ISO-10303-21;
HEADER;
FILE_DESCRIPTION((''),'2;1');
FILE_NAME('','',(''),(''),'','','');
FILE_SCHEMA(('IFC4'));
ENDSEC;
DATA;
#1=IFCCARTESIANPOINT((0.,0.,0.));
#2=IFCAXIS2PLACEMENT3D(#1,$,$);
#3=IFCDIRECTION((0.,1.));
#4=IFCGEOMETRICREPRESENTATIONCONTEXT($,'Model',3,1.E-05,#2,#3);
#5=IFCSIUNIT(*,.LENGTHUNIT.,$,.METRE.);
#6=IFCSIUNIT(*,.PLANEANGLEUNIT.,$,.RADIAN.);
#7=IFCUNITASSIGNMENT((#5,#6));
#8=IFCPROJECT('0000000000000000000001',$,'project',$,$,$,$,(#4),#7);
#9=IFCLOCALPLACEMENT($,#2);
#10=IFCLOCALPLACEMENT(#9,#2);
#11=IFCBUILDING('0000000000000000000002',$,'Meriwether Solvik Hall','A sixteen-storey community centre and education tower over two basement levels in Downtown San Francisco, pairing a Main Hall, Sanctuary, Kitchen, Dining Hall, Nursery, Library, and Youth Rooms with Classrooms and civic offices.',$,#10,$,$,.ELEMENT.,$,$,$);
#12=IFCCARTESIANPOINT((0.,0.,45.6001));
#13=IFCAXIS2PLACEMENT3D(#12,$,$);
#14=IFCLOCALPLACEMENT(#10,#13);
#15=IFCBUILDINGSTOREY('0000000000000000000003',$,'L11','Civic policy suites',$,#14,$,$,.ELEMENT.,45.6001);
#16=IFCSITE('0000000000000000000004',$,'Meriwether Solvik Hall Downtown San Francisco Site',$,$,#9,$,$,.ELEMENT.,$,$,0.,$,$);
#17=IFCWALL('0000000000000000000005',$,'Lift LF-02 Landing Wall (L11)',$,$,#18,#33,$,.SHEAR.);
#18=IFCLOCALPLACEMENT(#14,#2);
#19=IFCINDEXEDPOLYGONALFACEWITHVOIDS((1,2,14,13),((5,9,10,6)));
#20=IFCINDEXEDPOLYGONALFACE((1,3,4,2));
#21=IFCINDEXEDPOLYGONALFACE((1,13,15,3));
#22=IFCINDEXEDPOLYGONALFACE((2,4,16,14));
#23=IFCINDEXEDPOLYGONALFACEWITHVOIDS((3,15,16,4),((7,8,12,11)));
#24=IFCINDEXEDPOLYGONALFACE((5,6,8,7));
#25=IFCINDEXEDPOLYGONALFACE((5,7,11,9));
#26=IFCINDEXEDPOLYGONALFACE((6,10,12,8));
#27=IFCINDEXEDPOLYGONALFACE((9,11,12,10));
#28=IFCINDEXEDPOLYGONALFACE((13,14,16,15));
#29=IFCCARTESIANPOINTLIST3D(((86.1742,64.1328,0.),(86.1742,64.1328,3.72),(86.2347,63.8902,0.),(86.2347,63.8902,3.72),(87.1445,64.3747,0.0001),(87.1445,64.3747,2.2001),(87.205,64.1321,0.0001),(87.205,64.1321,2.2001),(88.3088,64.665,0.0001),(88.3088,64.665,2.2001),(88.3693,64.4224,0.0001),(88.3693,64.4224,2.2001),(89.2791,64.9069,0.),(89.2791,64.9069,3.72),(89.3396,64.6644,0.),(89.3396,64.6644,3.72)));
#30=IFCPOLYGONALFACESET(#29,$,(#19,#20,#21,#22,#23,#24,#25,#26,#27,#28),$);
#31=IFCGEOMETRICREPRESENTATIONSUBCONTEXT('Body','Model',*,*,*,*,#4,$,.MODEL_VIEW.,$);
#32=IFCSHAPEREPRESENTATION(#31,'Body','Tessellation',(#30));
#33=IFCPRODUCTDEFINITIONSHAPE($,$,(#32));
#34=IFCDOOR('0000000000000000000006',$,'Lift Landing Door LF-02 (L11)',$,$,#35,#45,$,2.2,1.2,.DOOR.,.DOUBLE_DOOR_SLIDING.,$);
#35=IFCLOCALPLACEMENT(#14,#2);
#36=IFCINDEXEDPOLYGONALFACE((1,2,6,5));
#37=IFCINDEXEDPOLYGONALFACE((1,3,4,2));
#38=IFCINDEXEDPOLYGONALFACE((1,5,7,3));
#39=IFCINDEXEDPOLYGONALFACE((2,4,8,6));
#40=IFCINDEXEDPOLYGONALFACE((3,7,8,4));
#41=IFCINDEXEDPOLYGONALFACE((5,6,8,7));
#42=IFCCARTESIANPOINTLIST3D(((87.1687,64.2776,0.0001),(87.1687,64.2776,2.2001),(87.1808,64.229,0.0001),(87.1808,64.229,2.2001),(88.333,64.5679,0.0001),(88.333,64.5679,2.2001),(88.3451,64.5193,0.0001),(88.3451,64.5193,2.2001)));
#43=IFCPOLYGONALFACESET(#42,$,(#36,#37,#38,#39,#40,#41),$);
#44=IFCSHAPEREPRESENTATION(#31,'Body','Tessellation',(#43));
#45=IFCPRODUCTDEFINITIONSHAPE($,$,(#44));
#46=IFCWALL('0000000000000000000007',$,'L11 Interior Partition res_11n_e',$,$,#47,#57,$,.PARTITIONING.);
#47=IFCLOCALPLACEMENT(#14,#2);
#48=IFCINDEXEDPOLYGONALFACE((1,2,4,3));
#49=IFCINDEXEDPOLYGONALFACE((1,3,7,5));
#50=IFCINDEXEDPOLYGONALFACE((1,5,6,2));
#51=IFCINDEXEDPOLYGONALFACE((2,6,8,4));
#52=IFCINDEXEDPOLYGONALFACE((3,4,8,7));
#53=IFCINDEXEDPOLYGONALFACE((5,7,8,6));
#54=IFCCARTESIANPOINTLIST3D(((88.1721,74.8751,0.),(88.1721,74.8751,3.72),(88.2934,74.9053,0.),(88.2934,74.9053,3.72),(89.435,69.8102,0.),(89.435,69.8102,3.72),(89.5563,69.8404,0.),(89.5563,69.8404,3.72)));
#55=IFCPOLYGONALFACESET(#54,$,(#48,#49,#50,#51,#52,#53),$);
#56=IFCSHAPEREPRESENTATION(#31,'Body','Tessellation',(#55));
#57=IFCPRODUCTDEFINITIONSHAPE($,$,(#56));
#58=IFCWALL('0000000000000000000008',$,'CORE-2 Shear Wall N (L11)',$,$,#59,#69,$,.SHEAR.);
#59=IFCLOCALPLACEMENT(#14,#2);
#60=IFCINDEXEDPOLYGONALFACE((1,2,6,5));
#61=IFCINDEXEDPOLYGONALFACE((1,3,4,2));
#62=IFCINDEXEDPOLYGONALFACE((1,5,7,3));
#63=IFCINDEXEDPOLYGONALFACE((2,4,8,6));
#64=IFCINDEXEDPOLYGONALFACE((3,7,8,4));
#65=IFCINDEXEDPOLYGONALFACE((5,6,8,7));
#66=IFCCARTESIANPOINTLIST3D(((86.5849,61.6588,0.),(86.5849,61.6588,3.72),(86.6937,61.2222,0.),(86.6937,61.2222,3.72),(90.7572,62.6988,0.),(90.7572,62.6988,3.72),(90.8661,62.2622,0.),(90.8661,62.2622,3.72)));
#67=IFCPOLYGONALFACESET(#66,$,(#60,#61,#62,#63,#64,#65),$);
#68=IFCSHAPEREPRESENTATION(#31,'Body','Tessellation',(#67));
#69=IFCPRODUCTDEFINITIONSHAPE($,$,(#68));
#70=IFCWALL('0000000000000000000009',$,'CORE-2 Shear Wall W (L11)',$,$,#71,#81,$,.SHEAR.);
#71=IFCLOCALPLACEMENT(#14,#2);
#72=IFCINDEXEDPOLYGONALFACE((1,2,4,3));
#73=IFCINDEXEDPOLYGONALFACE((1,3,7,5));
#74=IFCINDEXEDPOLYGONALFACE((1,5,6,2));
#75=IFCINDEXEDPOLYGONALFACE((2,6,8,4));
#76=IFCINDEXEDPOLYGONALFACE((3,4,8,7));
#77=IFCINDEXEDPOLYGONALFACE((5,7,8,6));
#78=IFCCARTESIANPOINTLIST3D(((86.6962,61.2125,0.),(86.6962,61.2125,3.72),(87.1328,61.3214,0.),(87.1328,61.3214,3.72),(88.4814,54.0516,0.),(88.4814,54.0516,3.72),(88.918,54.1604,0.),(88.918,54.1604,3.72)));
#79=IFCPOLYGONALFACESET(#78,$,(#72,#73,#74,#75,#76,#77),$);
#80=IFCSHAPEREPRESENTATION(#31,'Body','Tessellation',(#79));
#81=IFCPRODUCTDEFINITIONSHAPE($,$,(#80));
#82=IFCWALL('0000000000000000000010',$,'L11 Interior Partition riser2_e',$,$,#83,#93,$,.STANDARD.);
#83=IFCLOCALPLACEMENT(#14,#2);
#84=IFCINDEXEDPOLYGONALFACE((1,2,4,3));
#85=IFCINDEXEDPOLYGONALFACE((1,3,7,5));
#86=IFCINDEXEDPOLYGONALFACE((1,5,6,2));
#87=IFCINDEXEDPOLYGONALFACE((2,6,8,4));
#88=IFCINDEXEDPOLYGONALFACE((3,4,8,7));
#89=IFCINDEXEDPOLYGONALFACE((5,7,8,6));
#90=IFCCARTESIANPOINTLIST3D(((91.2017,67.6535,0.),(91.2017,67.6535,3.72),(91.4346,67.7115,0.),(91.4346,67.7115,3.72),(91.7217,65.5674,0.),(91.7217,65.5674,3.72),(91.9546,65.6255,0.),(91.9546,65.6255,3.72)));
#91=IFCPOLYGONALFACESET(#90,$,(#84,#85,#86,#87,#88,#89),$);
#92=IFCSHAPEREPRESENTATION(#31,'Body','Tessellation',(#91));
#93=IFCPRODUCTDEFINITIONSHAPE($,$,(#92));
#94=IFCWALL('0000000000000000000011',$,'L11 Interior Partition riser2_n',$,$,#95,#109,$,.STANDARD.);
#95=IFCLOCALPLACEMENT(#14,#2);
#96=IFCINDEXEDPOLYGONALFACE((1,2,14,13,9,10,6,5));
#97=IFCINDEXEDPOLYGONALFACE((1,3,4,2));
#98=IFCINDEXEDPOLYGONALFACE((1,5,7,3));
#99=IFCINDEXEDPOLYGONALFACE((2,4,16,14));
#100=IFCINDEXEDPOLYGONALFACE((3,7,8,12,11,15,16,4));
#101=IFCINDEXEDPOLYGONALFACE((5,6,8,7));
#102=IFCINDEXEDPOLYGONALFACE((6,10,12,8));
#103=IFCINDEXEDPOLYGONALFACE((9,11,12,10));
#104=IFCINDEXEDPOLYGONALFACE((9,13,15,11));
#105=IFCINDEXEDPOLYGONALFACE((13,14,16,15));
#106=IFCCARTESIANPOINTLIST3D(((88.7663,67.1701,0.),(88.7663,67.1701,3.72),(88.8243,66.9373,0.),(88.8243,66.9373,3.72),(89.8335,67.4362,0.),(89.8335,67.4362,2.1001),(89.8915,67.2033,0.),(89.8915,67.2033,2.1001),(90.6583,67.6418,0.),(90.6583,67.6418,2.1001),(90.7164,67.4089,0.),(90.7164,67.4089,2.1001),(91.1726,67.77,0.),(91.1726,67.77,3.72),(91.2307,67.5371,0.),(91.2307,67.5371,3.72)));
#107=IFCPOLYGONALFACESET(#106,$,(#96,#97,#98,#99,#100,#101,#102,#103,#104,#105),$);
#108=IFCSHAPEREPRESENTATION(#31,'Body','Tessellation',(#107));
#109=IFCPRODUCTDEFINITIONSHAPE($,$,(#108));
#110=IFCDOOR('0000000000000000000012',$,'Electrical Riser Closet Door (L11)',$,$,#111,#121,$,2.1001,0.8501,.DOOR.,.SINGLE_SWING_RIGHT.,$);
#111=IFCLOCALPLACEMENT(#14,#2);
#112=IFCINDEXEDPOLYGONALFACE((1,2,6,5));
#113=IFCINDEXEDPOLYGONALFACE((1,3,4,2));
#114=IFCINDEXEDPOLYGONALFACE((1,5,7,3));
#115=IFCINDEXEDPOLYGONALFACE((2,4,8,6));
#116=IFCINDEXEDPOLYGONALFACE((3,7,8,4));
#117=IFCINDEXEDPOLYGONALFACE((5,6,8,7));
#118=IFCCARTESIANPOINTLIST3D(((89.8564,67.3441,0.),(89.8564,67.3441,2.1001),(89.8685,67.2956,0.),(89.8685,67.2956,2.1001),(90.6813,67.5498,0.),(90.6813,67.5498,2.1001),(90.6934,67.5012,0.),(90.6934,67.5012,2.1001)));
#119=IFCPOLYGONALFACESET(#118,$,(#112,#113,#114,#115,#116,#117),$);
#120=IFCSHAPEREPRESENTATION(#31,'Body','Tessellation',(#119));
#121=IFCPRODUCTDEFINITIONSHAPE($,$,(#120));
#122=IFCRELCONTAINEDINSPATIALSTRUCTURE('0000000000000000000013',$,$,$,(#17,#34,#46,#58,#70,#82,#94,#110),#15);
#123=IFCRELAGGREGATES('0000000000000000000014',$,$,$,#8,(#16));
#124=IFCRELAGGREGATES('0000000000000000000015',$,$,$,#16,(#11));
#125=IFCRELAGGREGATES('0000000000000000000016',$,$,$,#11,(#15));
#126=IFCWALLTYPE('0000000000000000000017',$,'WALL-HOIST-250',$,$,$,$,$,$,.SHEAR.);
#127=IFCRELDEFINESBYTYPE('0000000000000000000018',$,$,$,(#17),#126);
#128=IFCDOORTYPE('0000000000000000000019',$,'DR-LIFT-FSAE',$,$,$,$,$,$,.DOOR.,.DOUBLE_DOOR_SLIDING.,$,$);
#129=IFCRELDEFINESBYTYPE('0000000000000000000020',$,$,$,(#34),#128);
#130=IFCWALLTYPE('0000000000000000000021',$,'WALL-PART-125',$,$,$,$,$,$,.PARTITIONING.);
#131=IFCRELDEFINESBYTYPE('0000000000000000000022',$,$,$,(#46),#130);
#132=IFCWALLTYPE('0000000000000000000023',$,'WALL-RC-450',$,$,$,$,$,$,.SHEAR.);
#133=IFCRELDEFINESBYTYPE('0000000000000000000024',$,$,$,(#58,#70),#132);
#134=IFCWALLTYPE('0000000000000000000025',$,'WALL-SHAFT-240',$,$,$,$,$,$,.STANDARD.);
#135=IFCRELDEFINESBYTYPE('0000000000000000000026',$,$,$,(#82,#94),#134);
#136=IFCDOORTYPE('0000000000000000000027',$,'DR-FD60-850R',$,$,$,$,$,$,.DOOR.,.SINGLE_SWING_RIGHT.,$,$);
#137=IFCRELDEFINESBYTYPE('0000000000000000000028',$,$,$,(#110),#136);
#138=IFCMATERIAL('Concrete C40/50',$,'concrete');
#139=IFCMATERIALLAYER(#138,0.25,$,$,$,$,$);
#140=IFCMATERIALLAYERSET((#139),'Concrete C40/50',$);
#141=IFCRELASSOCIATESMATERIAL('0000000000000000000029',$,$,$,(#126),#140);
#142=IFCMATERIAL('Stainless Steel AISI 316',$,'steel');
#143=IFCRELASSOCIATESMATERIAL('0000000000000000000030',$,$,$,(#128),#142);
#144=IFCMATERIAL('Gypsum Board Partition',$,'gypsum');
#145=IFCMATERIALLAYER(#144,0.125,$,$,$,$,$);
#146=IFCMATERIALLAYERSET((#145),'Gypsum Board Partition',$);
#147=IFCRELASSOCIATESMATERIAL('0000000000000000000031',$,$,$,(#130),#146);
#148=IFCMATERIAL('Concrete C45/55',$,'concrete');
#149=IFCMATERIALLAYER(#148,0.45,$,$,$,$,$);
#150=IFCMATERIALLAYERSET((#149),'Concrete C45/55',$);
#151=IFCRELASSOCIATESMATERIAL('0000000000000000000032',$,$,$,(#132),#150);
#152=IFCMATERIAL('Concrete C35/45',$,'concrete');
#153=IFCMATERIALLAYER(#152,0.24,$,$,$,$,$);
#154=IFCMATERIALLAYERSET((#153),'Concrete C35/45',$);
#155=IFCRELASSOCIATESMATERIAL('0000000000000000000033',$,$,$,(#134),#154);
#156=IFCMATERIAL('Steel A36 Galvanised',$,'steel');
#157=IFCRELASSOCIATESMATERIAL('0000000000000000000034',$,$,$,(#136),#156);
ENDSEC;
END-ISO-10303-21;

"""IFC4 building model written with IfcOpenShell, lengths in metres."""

from ifc_helpers import new_model, si_unit, direction, frame, frame_2d, origin, place, context, subcontext, project, spatial, rectangle, extrude, material, layer, layer_set, type_object, element, fill, save


model = new_model("IFC4")

# Units and contexts
model_context = context("Model", 3, precision=1e-05, world=origin(), true_north=direction((0.0, 1.0)))
body_context = subcontext(model_context, "Body", "Model", "MODEL_VIEW")
ifc_project = project(units=[si_unit("LENGTHUNIT", "METRE"), si_unit("PLANEANGLEUNIT", "RADIAN")], contexts=[model_context])

# Site, building, storey
site_placement = place(None, origin())
site = spatial("IfcSite", under=ifc_project, at=site_placement, Name="Meriwether Solvik Hall Downtown San Francisco Site", CompositionType="ELEMENT", RefElevation=0.0)
building_placement = place(site_placement, origin())
building = spatial("IfcBuilding", under=site, at=building_placement, Name="Meriwether Solvik Hall", Description="A sixteen-storey community centre and education tower over two basement levels in Downtown San Francisco, pairing a Main Hall, Sanctuary, Kitchen, Dining Hall, Nursery, Library, and Youth Rooms with Classrooms and civic offices.", CompositionType="ELEMENT")
storey_placement = place(building_placement, frame((0.0, 0.0, 45.6001)))
storey = spatial("IfcBuildingStorey", under=building, at=storey_placement, Name="L11", Description="Civic policy suites", CompositionType="ELEMENT", Elevation=45.6001)

# Shared definitions
ifc_material_1 = material(Name="Concrete C40/50", Category="concrete")
ifc_layer_1 = layer(ifc_material_1, 0.25)
ifc_layer_set_1 = layer_set([ifc_layer_1], Name="Concrete C40/50")
wall_type_1 = type_object("IfcWallType", Name="WALL-HOIST-250", PredefinedType="SHEAR", material=ifc_layer_set_1)

# Wall, opening, door
wall_1_placement = place(storey_placement, frame((86.2043, 64.0115, 0.0), z_axis=(0.0, 0.0, 1.0), x_axis=(0.970295, 0.241925, 0.0)))
wall_1 = element("IfcWall", 1, at=wall_1_placement, inside=storey, type_object=wall_type_1, Name="Lift LF-02 Landing Wall (L11)", PredefinedType="SHEAR", context=body_context, shape_type="SweptSolid", body=[
    extrude(rectangle(XDim=3.2, YDim=0.25, at=frame_2d((1.6001, 0.0))), origin(), (0.0, 0.0, 1.0), 3.72),
])
opening_1_placement = place(wall_1_placement, frame((1.0, 0.0, 0.0)))
opening_1 = element("IfcOpeningElement", 2, at=opening_1_placement, cuts=wall_1, PredefinedType="OPENING", context=body_context, shape_type="SweptSolid", body=[
    extrude(rectangle(XDim=1.2, YDim=2.2, at=frame_2d((0.6001, 1.1001))), frame((0.0, 0.137, 0.0), z_axis=(0.0, -1.0, 0.0), x_axis=(1.0, 0.0, 0.0)), (0.0, 0.0, 1.0), 0.2739),
])
ifc_material_2 = material(Name="Stainless Steel AISI 316", Category="steel")
door_type_1 = type_object("IfcDoorType", Name="DR-LIFT-FSAE", OperationType="DOUBLE_DOOR_SLIDING", PredefinedType="DOOR", material=ifc_material_2)
door_1_placement = place(opening_1_placement, origin())
door_1 = element("IfcDoor", 3, at=door_1_placement, inside=storey, type_object=door_type_1, Name="Lift Landing Door LF-02 (L11)", OperationType="DOUBLE_DOOR_SLIDING", OverallHeight=2.2, OverallWidth=1.2, PredefinedType="DOOR", context=body_context, shape_type="SweptSolid", body=[
    extrude(rectangle(XDim=1.2, YDim=2.2, at=frame_2d((0.6001, 1.1001))), frame((0.0, 0.0249, 0.0), z_axis=(0.0, -1.0, 0.0), x_axis=(1.0, 0.0, 0.0)), (0.0, 0.0, 1.0), 0.05),
])
fill(opening_1, door_1)

# Wall
ifc_material_3 = material(Name="Gypsum Board Partition", Category="gypsum")
ifc_layer_2 = layer(ifc_material_3, 0.125)
ifc_layer_set_2 = layer_set([ifc_layer_2], Name="Gypsum Board Partition")
wall_type_2 = type_object("IfcWallType", Name="WALL-PART-125", PredefinedType="PARTITIONING", material=ifc_layer_set_2)
wall_2_placement = place(storey_placement, frame((89.4956, 69.8254, 0.0), z_axis=(0.0, 0.0, 1.0), x_axis=(-0.241941, 0.970291, 0.0)))
element("IfcWall", 4, at=wall_2_placement, inside=storey, type_object=wall_type_2, Name="L11 Interior Partition res_11n_e", PredefinedType="PARTITIONING", context=body_context, shape_type="SweptSolid", body=[
    extrude(rectangle(XDim=5.22, YDim=0.125, at=frame_2d((2.6099, 0.0))), origin(), (0.0, 0.0, 1.0), 3.72),
])

# Walls
ifc_material_4 = material(Name="Concrete C45/55", Category="concrete")
ifc_layer_3 = layer(ifc_material_4, 0.45)
ifc_layer_set_3 = layer_set([ifc_layer_3], Name="Concrete C45/55")
wall_type_3 = type_object("IfcWallType", Name="WALL-RC-450", PredefinedType="SHEAR", material=ifc_layer_set_3)
wall_3_placement = place(storey_placement, frame((90.8115, 62.4805, 0.0), z_axis=(0.0, 0.0, 1.0), x_axis=(-0.970309, -0.241868, 0.0)))
element("IfcWall", 5, at=wall_3_placement, inside=storey, type_object=wall_type_3, Name="CORE-2 Shear Wall N (L11)", PredefinedType="SHEAR", context=body_context, shape_type="SweptSolid", body=[
    extrude(rectangle(XDim=4.3, YDim=0.45, at=frame_2d((2.1499, 0.0))), origin(), (0.0, 0.0, 1.0), 3.72),
])
wall_4_placement = place(storey_placement, frame((86.9146, 61.2668, 0.0), z_axis=(0.0, 0.0, 1.0), x_axis=(0.24189, -0.970304, 0.0)))
element("IfcWall", 6, at=wall_4_placement, inside=storey, type_object=wall_type_3, Name="CORE-2 Shear Wall W (L11)", PredefinedType="SHEAR", context=body_context, shape_type="SweptSolid", body=[
    extrude(rectangle(XDim=7.3801, YDim=0.45, at=frame_2d((3.6899, 0.0))), origin(), (0.0, 0.0, 1.0), 3.72),
])
ifc_material_5 = material(Name="Concrete C35/45", Category="concrete")
ifc_layer_4 = layer(ifc_material_5, 0.24)
ifc_layer_set_4 = layer_set([ifc_layer_4], Name="Concrete C35/45")
wall_type_4 = type_object("IfcWallType", Name="WALL-SHAFT-240", PredefinedType="STANDARD", material=ifc_layer_set_4)
wall_5_placement = place(storey_placement, frame((91.8381, 65.5964, 0.0), z_axis=(0.0, 0.0, 1.0), x_axis=(-0.241868, 0.970309, 0.0)))
element("IfcWall", 7, at=wall_5_placement, inside=storey, type_object=wall_type_4, Name="L11 Interior Partition riser2_e", PredefinedType="STANDARD", context=body_context, shape_type="SweptSolid", body=[
    extrude(rectangle(XDim=2.1499, YDim=0.24, at=frame_2d((1.075, 0.0))), origin(), (0.0, 0.0, 1.0), 3.72),
])

# Wall, opening, door
wall_6_placement = place(storey_placement, frame((91.2017, 67.6536, 0.0), z_axis=(0.0, 0.0, 1.0), x_axis=(-0.970304, -0.241887, 0.0)))
wall_6 = element("IfcWall", 8, at=wall_6_placement, inside=storey, type_object=wall_type_4, Name="L11 Interior Partition riser2_n", PredefinedType="STANDARD", context=body_context, shape_type="SweptSolid", body=[
    extrude(rectangle(XDim=2.48, YDim=0.24, at=frame_2d((1.24, 0.0))), origin(), (0.0, 0.0, 1.0), 3.72),
])
opening_2_placement = place(wall_6_placement, frame((0.53, 0.0, 0.0)))
opening_2 = element("IfcOpeningElement", 9, at=opening_2_placement, cuts=wall_6, PredefinedType="OPENING", context=body_context, shape_type="SweptSolid", body=[
    extrude(rectangle(XDim=0.8501, YDim=2.1001, at=frame_2d((0.425, 1.05))), frame((0.0, 0.1318, 0.0), z_axis=(0.0, -1.0, 0.0), x_axis=(1.0, 0.0, 0.0)), (0.0, 0.0, 1.0), 0.2639),
])
ifc_material_6 = material(Name="Steel A36 Galvanised", Category="steel")
door_type_2 = type_object("IfcDoorType", Name="DR-FD60-850R", OperationType="SINGLE_SWING_RIGHT", PredefinedType="DOOR", material=ifc_material_6)
door_2_placement = place(opening_2_placement, origin())
door_2 = element("IfcDoor", 10, at=door_2_placement, inside=storey, type_object=door_type_2, Name="Electrical Riser Closet Door (L11)", OperationType="SINGLE_SWING_RIGHT", OverallHeight=2.1001, OverallWidth=0.8501, PredefinedType="DOOR", context=body_context, shape_type="SweptSolid", body=[
    extrude(rectangle(XDim=0.8501, YDim=2.1001, at=frame_2d((0.425, 1.05))), frame((0.0, 0.0249, 0.0), z_axis=(0.0, -1.0, 0.0), x_axis=(1.0, 0.0, 0.0)), (0.0, 0.0, 1.0), 0.05),
])
fill(opening_2, door_2)

save(model, "model.ifc")
